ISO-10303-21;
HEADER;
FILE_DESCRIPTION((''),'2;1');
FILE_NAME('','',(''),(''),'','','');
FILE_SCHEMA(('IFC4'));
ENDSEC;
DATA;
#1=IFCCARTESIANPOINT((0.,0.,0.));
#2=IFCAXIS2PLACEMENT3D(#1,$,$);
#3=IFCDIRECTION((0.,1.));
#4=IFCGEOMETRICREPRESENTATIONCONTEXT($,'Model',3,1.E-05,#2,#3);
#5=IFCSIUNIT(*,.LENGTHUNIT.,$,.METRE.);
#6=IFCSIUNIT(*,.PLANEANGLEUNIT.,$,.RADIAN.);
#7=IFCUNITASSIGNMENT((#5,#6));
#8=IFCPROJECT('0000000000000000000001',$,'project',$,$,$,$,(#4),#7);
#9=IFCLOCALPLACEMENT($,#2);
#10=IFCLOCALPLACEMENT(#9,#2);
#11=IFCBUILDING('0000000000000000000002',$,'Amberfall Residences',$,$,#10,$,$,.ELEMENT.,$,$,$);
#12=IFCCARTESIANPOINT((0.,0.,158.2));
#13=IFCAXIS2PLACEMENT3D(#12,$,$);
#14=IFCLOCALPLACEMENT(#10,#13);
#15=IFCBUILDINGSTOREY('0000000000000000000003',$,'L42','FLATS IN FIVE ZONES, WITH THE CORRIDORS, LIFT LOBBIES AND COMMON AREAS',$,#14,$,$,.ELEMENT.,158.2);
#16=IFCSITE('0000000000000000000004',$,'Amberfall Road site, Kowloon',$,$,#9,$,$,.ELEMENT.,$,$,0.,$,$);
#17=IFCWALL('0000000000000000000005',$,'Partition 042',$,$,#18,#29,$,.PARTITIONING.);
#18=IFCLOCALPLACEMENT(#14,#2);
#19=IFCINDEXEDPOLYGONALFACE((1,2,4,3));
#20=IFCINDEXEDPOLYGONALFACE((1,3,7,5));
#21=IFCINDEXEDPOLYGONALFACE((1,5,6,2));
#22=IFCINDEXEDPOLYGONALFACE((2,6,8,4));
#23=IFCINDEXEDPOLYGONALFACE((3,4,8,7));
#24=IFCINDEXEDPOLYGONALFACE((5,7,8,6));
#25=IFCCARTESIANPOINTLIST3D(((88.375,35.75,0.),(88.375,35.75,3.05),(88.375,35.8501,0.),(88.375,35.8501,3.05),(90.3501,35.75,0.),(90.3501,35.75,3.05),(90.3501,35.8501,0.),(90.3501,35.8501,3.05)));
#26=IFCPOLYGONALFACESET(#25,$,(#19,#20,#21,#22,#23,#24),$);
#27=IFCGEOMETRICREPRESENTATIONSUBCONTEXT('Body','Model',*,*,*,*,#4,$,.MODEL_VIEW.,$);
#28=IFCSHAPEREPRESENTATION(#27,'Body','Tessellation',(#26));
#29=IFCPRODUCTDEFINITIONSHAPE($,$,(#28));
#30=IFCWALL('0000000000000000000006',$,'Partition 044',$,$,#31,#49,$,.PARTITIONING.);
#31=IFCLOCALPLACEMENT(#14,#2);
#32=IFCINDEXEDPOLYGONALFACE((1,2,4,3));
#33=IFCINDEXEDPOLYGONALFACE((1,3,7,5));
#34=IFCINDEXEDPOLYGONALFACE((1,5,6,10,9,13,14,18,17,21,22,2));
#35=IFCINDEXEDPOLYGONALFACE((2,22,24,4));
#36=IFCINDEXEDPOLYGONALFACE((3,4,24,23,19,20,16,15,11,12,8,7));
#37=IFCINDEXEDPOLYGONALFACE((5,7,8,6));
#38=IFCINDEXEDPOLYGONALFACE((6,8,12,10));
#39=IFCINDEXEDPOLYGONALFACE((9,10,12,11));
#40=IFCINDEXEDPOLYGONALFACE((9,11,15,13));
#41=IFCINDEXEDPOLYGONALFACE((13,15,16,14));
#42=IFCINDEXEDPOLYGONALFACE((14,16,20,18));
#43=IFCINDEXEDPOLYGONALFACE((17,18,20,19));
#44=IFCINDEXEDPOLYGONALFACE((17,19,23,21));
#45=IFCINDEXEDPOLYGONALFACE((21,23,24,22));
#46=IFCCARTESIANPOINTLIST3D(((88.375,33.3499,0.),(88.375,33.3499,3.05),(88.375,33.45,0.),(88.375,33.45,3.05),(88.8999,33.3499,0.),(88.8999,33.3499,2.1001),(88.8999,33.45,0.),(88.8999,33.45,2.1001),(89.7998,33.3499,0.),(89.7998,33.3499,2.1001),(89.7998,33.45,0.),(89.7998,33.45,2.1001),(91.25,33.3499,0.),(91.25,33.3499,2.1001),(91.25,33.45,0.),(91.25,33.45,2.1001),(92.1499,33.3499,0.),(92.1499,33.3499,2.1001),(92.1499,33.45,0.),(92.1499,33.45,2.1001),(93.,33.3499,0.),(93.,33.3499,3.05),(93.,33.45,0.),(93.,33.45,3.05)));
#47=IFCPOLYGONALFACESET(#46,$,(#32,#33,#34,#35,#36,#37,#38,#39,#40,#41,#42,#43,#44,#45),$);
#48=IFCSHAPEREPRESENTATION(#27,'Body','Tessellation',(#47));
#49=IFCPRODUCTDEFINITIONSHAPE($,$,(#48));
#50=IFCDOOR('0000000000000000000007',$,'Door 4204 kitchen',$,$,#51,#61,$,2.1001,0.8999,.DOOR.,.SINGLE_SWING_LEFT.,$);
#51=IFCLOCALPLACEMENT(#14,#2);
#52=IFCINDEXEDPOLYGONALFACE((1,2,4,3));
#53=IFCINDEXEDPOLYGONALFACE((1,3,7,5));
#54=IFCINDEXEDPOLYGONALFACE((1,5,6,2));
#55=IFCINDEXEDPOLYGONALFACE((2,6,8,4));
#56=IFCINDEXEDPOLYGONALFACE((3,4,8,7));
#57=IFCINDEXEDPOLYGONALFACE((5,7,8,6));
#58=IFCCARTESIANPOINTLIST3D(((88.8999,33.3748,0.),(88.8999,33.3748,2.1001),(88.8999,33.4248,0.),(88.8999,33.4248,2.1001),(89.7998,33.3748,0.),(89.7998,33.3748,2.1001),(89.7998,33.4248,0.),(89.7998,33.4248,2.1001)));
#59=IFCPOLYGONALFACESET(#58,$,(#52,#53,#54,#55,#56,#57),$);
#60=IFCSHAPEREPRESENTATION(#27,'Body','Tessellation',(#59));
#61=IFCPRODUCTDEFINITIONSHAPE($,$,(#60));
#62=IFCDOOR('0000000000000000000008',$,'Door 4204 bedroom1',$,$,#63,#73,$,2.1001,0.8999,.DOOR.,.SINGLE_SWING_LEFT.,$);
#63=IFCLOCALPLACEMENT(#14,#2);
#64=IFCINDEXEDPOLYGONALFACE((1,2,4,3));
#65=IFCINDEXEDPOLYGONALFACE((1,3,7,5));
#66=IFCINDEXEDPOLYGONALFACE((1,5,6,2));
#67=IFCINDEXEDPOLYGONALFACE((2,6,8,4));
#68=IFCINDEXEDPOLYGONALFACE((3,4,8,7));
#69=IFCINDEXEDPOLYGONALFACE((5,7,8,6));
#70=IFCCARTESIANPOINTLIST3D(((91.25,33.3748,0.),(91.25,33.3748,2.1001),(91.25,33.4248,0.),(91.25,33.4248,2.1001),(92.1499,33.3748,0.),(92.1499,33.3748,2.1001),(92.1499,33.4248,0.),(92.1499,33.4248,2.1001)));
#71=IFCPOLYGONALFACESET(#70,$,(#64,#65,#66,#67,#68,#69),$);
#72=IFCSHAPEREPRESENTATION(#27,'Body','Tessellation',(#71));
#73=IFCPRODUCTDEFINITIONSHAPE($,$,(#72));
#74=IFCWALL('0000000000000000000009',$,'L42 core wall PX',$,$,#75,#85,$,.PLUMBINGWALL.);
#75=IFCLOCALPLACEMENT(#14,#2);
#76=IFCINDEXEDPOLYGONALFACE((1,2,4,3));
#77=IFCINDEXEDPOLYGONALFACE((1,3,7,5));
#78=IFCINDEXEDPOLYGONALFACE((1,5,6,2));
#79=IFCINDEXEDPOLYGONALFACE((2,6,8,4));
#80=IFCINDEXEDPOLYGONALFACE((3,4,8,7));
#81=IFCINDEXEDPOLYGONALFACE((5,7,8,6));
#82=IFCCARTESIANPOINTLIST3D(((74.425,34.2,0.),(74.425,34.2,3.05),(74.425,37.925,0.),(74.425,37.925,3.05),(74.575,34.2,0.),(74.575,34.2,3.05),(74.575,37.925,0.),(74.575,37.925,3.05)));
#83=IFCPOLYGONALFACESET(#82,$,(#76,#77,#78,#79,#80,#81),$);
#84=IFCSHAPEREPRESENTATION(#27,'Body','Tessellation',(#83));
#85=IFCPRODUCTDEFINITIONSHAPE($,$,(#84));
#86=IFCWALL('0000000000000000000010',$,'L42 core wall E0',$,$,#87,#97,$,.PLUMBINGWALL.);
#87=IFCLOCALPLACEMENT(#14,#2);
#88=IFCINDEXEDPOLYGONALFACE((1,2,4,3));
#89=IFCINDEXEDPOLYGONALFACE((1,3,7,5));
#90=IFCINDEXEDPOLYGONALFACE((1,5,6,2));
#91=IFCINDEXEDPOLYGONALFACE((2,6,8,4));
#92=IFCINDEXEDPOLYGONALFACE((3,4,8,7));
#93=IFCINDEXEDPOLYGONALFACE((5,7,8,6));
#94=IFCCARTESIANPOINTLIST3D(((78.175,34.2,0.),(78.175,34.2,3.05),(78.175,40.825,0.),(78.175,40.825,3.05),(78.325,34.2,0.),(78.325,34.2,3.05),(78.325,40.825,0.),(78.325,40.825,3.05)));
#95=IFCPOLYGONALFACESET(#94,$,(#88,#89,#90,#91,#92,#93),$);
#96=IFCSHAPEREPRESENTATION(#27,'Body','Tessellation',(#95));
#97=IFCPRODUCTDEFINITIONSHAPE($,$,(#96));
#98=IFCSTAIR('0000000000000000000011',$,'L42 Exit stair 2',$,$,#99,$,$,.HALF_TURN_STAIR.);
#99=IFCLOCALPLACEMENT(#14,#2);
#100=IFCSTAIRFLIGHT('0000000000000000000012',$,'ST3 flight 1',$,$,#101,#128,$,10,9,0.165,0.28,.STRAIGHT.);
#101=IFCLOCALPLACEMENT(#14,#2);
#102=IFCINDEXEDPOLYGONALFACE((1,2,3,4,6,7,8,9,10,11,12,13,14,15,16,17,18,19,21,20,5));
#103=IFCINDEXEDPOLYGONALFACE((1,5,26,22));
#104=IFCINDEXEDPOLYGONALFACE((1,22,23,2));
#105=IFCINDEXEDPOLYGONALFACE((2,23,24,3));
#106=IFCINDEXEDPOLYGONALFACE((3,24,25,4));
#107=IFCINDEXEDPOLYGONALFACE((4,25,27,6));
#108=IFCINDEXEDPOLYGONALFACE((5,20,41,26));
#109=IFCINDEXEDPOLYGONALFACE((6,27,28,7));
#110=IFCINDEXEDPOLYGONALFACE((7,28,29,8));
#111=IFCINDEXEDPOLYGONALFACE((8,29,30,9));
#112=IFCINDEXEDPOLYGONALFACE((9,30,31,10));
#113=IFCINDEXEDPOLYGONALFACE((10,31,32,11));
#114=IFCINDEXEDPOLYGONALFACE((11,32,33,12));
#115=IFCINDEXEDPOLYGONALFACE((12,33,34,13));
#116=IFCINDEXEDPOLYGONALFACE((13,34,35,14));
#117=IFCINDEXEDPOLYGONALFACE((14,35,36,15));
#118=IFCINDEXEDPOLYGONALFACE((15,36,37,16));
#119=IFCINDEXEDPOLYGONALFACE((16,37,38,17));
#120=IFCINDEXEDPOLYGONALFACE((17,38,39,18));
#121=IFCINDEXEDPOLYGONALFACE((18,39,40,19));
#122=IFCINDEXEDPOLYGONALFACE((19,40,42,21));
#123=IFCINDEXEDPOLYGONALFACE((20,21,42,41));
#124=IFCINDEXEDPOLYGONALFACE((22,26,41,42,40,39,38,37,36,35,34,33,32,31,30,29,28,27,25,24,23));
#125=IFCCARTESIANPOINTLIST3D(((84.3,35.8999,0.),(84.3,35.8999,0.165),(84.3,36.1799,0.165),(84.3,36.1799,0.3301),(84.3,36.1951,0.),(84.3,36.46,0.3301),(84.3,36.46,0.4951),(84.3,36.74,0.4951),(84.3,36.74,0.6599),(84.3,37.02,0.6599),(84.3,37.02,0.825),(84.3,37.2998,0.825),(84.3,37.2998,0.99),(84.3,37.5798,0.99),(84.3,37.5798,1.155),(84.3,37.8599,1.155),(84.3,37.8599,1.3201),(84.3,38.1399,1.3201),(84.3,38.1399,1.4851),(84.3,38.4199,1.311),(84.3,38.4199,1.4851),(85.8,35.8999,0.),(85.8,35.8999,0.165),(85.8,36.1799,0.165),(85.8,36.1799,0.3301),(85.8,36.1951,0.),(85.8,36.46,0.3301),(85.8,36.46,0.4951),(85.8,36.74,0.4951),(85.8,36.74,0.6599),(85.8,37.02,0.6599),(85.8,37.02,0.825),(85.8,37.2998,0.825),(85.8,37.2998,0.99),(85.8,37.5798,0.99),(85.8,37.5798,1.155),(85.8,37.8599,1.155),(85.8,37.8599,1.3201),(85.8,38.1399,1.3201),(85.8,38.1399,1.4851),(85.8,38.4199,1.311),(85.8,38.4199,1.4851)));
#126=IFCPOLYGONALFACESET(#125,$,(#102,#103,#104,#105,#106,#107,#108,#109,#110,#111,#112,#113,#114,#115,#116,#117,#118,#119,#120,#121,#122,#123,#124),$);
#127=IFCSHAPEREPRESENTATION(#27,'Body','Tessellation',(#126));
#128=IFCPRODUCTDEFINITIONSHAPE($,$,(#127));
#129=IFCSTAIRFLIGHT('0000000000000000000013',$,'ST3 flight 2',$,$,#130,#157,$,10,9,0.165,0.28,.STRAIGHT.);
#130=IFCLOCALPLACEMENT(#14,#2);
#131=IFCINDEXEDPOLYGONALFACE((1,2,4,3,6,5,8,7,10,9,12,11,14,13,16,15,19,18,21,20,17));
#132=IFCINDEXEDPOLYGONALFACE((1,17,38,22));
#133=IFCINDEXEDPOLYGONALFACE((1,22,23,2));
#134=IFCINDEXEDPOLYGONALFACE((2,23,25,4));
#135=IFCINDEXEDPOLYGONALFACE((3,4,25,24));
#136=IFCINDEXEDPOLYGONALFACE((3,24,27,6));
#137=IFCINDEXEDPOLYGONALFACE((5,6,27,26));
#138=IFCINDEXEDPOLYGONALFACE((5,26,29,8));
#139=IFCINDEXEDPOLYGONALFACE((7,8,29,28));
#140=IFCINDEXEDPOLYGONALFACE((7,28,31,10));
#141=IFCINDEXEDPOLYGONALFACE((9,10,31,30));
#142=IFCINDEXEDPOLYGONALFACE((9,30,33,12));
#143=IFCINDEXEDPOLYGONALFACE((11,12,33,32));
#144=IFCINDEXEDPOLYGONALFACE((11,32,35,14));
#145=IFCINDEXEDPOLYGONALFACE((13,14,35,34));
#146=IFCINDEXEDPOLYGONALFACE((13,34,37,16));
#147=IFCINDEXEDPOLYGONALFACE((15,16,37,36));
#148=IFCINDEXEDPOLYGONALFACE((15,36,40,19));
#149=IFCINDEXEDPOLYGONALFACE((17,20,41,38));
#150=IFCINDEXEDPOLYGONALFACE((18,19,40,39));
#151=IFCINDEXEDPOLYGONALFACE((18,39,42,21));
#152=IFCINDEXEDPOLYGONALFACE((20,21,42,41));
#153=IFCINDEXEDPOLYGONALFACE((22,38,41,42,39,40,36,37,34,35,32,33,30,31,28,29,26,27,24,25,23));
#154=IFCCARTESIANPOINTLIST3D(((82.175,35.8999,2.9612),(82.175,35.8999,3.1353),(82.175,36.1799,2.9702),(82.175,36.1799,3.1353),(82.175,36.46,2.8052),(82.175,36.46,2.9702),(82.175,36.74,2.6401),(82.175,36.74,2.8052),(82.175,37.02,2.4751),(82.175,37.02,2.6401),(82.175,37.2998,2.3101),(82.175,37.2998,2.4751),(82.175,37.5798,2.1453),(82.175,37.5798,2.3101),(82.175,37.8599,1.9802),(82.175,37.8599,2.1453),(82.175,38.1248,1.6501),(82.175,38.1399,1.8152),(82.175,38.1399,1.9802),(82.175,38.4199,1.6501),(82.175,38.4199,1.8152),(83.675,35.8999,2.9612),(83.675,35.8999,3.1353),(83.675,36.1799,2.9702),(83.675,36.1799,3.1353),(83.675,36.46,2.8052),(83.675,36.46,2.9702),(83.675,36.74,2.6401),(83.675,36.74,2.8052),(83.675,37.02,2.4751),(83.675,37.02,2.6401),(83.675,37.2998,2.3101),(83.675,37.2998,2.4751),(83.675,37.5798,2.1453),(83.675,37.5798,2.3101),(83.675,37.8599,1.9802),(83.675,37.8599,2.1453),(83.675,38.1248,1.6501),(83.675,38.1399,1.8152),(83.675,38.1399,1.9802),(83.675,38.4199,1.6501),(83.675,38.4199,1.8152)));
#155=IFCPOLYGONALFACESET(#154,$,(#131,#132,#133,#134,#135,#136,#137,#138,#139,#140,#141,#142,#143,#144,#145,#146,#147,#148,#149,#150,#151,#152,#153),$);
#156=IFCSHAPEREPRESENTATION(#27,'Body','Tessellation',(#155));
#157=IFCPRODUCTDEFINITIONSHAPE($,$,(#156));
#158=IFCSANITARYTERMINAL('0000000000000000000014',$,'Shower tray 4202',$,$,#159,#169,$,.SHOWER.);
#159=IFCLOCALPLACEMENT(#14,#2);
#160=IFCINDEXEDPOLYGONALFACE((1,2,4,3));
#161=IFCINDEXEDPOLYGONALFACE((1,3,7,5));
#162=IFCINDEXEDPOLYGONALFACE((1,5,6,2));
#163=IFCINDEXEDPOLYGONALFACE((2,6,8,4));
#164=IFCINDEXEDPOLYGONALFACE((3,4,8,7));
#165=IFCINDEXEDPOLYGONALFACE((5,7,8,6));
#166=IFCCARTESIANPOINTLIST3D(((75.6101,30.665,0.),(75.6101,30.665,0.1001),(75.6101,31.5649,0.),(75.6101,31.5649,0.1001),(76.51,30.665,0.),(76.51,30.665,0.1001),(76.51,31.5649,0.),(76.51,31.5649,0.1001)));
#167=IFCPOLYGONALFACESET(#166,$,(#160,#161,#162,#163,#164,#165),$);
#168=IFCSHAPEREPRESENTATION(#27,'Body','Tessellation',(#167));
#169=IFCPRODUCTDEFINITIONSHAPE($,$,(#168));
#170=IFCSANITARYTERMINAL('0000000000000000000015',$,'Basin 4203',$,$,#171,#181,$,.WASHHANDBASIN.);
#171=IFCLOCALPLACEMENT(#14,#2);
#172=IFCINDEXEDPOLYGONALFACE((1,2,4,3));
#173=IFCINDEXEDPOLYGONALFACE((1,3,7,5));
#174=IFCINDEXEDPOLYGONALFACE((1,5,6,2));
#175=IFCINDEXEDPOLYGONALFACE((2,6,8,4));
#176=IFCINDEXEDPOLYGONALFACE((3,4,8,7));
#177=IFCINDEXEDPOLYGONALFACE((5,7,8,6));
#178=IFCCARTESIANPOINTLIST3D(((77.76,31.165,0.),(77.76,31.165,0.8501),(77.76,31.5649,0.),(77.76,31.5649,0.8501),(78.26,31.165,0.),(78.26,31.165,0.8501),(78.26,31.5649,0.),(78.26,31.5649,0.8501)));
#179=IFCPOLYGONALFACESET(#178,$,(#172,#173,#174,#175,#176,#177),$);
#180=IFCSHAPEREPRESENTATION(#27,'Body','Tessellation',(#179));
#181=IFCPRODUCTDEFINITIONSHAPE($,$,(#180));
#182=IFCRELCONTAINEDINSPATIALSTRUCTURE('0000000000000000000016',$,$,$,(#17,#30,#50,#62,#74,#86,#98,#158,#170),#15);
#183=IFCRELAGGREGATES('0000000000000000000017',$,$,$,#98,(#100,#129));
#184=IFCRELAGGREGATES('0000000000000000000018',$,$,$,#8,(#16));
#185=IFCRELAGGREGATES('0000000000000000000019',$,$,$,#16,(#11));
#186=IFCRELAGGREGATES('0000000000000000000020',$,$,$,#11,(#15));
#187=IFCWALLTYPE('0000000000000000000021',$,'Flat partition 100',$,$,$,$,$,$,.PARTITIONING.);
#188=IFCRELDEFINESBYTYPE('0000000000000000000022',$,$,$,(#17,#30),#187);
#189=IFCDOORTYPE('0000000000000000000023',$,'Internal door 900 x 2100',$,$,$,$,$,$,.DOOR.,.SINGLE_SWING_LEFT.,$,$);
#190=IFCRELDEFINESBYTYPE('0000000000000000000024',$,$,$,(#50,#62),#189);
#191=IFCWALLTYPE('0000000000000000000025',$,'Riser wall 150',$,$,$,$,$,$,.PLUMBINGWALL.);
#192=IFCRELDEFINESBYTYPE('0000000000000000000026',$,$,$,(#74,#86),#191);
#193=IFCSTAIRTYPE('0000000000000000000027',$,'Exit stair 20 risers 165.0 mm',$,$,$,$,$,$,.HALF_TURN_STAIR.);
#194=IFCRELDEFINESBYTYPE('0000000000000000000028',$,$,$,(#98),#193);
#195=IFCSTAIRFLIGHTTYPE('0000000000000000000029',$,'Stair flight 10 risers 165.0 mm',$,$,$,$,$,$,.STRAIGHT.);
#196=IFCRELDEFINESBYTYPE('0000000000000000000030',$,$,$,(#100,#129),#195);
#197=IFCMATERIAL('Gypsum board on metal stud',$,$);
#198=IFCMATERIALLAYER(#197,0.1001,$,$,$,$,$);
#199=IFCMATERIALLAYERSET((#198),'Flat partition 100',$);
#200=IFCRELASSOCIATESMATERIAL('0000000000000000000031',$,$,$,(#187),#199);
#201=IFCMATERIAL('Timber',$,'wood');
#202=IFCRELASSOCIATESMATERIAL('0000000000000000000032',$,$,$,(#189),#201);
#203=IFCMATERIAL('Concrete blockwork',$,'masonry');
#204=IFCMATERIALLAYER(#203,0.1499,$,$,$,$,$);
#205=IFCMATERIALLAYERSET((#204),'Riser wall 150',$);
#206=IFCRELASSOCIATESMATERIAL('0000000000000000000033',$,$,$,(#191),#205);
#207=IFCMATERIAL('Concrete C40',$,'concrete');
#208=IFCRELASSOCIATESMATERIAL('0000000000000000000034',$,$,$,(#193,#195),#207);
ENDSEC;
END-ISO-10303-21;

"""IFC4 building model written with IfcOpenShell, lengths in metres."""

from ifc_helpers import new_model, si_unit, direction, frame, frame_2d, origin, origin_2d, place, context, subcontext, project, spatial, polyline, rectangle, outline, extrude, material, layer, layer_set, type_object, element, fill, aggregate, save


model = new_model("IFC4")

# Units and contexts
model_context = context("Model", 3, precision=1e-05, world=origin(), true_north=direction((0.0, 1.0)))
body_context = subcontext(model_context, "Body", "Model", "MODEL_VIEW")
ifc_project = project(units=[si_unit("LENGTHUNIT", "METRE"), si_unit("PLANEANGLEUNIT", "RADIAN")], contexts=[model_context])

# Site, building, storey
site_placement = place(None, origin())
site = spatial("IfcSite", under=ifc_project, at=site_placement, Name="Amberfall Road site, Kowloon", CompositionType="ELEMENT", RefElevation=0.0)
building_placement = place(site_placement, origin())
building = spatial("IfcBuilding", under=site, at=building_placement, Name="Amberfall Residences", CompositionType="ELEMENT")
storey_placement = place(building_placement, frame((0.0, 0.0, 158.2)))
storey = spatial("IfcBuildingStorey", under=building, at=storey_placement, Name="L42", Description="FLATS IN FIVE ZONES, WITH THE CORRIDORS, LIFT LOBBIES AND COMMON AREAS", CompositionType="ELEMENT", Elevation=158.2)

# Shared definitions
ifc_material_1 = material(Name="Gypsum board on metal stud")
ifc_layer_1 = layer(ifc_material_1, 0.1001)
ifc_layer_set_1 = layer_set([ifc_layer_1], Name="Flat partition 100")
wall_type_1 = type_object("IfcWallType", Name="Flat partition 100", PredefinedType="PARTITIONING", material=ifc_layer_set_1)
ifc_material_2 = material(Name="Timber", Category="wood")
door_type_1 = type_object("IfcDoorType", Name="Internal door 900 x 2100", OperationType="SINGLE_SWING_LEFT", PredefinedType="DOOR", material=ifc_material_2)

# Wall
wall_1_placement = place(storey_placement, frame((88.375, 35.8, 0.0), z_axis=(0.0, 0.0, 1.0), x_axis=(1.0, 0.0, 0.0)))
element("IfcWall", 1, at=wall_1_placement, inside=storey, type_object=wall_type_1, Name="Partition 042", PredefinedType="PARTITIONING", context=body_context, shape_type="SweptSolid", body=[
    extrude(rectangle(XDim=1.9751, YDim=0.1001, at=frame_2d((0.9875, 0.0))), origin(), (0.0, 0.0, 1.0), 3.05),
])

# Wall, openings, doors
wall_2_placement = place(storey_placement, frame((88.375, 33.3999, 0.0), z_axis=(0.0, 0.0, 1.0), x_axis=(1.0, 0.0, 0.0)))
wall_2 = element("IfcWall", 2, at=wall_2_placement, inside=storey, type_object=wall_type_1, Name="Partition 044", PredefinedType="PARTITIONING", context=body_context, shape_type="SweptSolid", body=[
    extrude(rectangle(XDim=4.625, YDim=0.1001, at=frame_2d((2.3125, 0.0))), origin(), (0.0, 0.0, 1.0), 3.05),
])
opening_1_placement = place(wall_2_placement, frame((0.5249, 0.0, 0.0)))
opening_1 = element("IfcOpeningElement", 3, at=opening_1_placement, cuts=wall_2, PredefinedType="OPENING", context=body_context, shape_type="SweptSolid", body=[
    extrude(rectangle(XDim=0.8999, YDim=2.1001, at=frame_2d((0.45, 1.05))), frame((0.0, 0.0601, 0.0), z_axis=(0.0, -1.0, 0.0), x_axis=(1.0, 0.0, 0.0)), (0.0, 0.0, 1.0), 0.1201),
])
opening_2_placement = place(wall_2_placement, frame((2.875, 0.0, 0.0)))
opening_2 = element("IfcOpeningElement", 4, at=opening_2_placement, cuts=wall_2, PredefinedType="OPENING", context=body_context, shape_type="SweptSolid", body=[
    extrude(rectangle(XDim=0.8999, YDim=2.1001, at=frame_2d((0.45, 1.05))), frame((0.0, 0.0601, 0.0), z_axis=(0.0, -1.0, 0.0), x_axis=(1.0, 0.0, 0.0)), (0.0, 0.0, 1.0), 0.1201),
])
door_1_placement = place(opening_1_placement, origin())
door_1 = element("IfcDoor", 5, at=door_1_placement, inside=storey, type_object=door_type_1, Name="Door 4204 kitchen", OperationType="SINGLE_SWING_LEFT", OverallHeight=2.1001, OverallWidth=0.8999, PredefinedType="DOOR", context=body_context, shape_type="SweptSolid", body=[
    extrude(rectangle(XDim=0.8999, YDim=2.1001, at=frame_2d((0.45, 1.05))), frame((0.0, 0.0249, 0.0), z_axis=(0.0, -1.0, 0.0), x_axis=(1.0, 0.0, 0.0)), (0.0, 0.0, 1.0), 0.05),
])
fill(opening_1, door_1)
door_2_placement = place(opening_2_placement, origin())
door_2 = element("IfcDoor", 6, at=door_2_placement, inside=storey, type_object=door_type_1, Name="Door 4204 bedroom1", OperationType="SINGLE_SWING_LEFT", OverallHeight=2.1001, OverallWidth=0.8999, PredefinedType="DOOR", context=body_context, shape_type="SweptSolid", body=[
    extrude(rectangle(XDim=0.8999, YDim=2.1001, at=frame_2d((0.45, 1.05))), frame((0.0, 0.0249, 0.0), z_axis=(0.0, -1.0, 0.0), x_axis=(1.0, 0.0, 0.0)), (0.0, 0.0, 1.0), 0.05),
])
fill(opening_2, door_2)

# Walls
ifc_material_3 = material(Name="Concrete blockwork", Category="masonry")
ifc_layer_2 = layer(ifc_material_3, 0.1499)
ifc_layer_set_2 = layer_set([ifc_layer_2], Name="Riser wall 150")
wall_type_2 = type_object("IfcWallType", Name="Riser wall 150", PredefinedType="PLUMBINGWALL", material=ifc_layer_set_2)
wall_3_placement = place(storey_placement, frame((74.5, 34.2, 0.0), z_axis=(0.0, 0.0, 1.0), x_axis=(0.0, 1.0, 0.0)))
element("IfcWall", 7, at=wall_3_placement, inside=storey, type_object=wall_type_2, Name="L42 core wall PX", PredefinedType="PLUMBINGWALL", context=body_context, shape_type="SweptSolid", body=[
    extrude(rectangle(XDim=3.7251, YDim=0.1499, at=frame_2d((1.8625, 0.0))), origin(), (0.0, 0.0, 1.0), 3.05),
])
wall_4_placement = place(storey_placement, frame((78.25, 34.2, 0.0), z_axis=(0.0, 0.0, 1.0), x_axis=(0.0, 1.0, 0.0)))
element("IfcWall", 8, at=wall_4_placement, inside=storey, type_object=wall_type_2, Name="L42 core wall E0", PredefinedType="PLUMBINGWALL", context=body_context, shape_type="SweptSolid", body=[
    extrude(rectangle(XDim=6.625, YDim=0.1499, at=frame_2d((3.3125, 0.0))), origin(), (0.0, 0.0, 1.0), 3.05),
])

# Stair, stair flights
ifc_material_4 = material(Name="Concrete C40", Category="concrete")
stair_type = type_object("IfcStairType", Name="Exit stair 20 risers 165.0 mm", PredefinedType="HALF_TURN_STAIR", material=ifc_material_4)
stair_placement = place(storey_placement, origin())
stair = element("IfcStair", 9, at=stair_placement, inside=storey, type_object=stair_type, Name="L42 Exit stair 2", PredefinedType="HALF_TURN_STAIR")
stair_flight_type = type_object("IfcStairFlightType", Name="Stair flight 10 risers 165.0 mm", PredefinedType="STRAIGHT", material=ifc_material_4)
stair_flight_1_placement = place(storey_placement, frame((85.05, 35.8999, 0.0), z_axis=(0.0, 0.0, 1.0), x_axis=(0.0, 1.0, 0.0)))
stair_flight_1 = element("IfcStairFlight", 10, at=stair_flight_1_placement, type_object=stair_flight_type, Name="ST3 flight 1", NumberOfRisers=10, NumberOfTreads=9, PredefinedType="STRAIGHT", RiserHeight=0.165, TreadLength=0.28, context=body_context, shape_type="SweptSolid", body=[
    extrude(outline(polyline([(0.0, 0.0), (0.0, 0.165), (0.28, 0.165), (0.28, 0.3301), (0.5601, 0.3301), (0.5601, 0.4951), (0.8401, 0.4951), (0.8401, 0.6599), (1.1201, 0.6599), (1.1201, 0.825), (1.3999, 0.825), (1.3999, 0.99), (1.6799, 0.99), (1.6799, 1.155), (1.96, 1.155), (1.96, 1.3201), (2.24, 1.3201), (2.24, 1.4851), (2.52, 1.4851), (2.52, 1.6499), (2.52, 1.311), (0.2952, 0.0), (0.0, 0.0)])), frame((0.0, 0.75, 0.0), z_axis=(0.0, -1.0, 0.0), x_axis=(1.0, 0.0, 0.0)), (0.0, 0.0, 1.0), 1.5),
])
stair_flight_2_placement = place(storey_placement, frame((82.925, 38.4199, 1.6501), z_axis=(0.0, 0.0, 1.0), x_axis=(0.0, -1.0, 0.0)))
stair_flight_2 = element("IfcStairFlight", 11, at=stair_flight_2_placement, type_object=stair_flight_type, Name="ST3 flight 2", NumberOfRisers=10, NumberOfTreads=9, PredefinedType="STRAIGHT", RiserHeight=0.165, TreadLength=0.28, context=body_context, shape_type="SweptSolid", body=[
    extrude(outline(polyline([(0.0, 0.0), (0.0, 0.165), (0.28, 0.165), (0.28, 0.3301), (0.5601, 0.3301), (0.5601, 0.4951), (0.8401, 0.4951), (0.8401, 0.6599), (1.1201, 0.6599), (1.1201, 0.825), (1.3999, 0.825), (1.3999, 0.99), (1.6799, 0.99), (1.6799, 1.155), (1.96, 1.155), (1.96, 1.3201), (2.24, 1.3201), (2.24, 1.4851), (2.52, 1.4851), (2.52, 1.6499), (2.52, 1.311), (0.2952, 0.0), (0.0, 0.0)])), frame((0.0, 0.75, 0.0), z_axis=(0.0, -1.0, 0.0), x_axis=(1.0, 0.0, 0.0)), (0.0, 0.0, 1.0), 1.5),
])
aggregate(stair, [stair_flight_1, stair_flight_2])

# Sanitary terminals
sanitary_terminal_1_placement = place(storey_placement, frame((76.0601, 31.115, 0.0), z_axis=(0.0, 0.0, 1.0), x_axis=(1.0, 0.0, 0.0)))
element("IfcSanitaryTerminal", 12, at=sanitary_terminal_1_placement, inside=storey, Name="Shower tray 4202", PredefinedType="SHOWER", context=body_context, shape_type="SweptSolid", body=[
    extrude(rectangle(XDim=0.8999, YDim=0.8999, at=origin_2d()), origin(), (0.0, 0.0, 1.0), 0.1001),
])
sanitary_terminal_2_placement = place(storey_placement, frame((78.01, 31.365, 0.0), z_axis=(0.0, 0.0, 1.0), x_axis=(1.0, 0.0, 0.0)))
element("IfcSanitaryTerminal", 13, at=sanitary_terminal_2_placement, inside=storey, Name="Basin 4203", PredefinedType="WASHHANDBASIN", context=body_context, shape_type="SweptSolid", body=[
    extrude(rectangle(XDim=0.5, YDim=0.3999, at=origin_2d()), origin(), (0.0, 0.0, 1.0), 0.8501),
])

save(model, "model.ifc")
